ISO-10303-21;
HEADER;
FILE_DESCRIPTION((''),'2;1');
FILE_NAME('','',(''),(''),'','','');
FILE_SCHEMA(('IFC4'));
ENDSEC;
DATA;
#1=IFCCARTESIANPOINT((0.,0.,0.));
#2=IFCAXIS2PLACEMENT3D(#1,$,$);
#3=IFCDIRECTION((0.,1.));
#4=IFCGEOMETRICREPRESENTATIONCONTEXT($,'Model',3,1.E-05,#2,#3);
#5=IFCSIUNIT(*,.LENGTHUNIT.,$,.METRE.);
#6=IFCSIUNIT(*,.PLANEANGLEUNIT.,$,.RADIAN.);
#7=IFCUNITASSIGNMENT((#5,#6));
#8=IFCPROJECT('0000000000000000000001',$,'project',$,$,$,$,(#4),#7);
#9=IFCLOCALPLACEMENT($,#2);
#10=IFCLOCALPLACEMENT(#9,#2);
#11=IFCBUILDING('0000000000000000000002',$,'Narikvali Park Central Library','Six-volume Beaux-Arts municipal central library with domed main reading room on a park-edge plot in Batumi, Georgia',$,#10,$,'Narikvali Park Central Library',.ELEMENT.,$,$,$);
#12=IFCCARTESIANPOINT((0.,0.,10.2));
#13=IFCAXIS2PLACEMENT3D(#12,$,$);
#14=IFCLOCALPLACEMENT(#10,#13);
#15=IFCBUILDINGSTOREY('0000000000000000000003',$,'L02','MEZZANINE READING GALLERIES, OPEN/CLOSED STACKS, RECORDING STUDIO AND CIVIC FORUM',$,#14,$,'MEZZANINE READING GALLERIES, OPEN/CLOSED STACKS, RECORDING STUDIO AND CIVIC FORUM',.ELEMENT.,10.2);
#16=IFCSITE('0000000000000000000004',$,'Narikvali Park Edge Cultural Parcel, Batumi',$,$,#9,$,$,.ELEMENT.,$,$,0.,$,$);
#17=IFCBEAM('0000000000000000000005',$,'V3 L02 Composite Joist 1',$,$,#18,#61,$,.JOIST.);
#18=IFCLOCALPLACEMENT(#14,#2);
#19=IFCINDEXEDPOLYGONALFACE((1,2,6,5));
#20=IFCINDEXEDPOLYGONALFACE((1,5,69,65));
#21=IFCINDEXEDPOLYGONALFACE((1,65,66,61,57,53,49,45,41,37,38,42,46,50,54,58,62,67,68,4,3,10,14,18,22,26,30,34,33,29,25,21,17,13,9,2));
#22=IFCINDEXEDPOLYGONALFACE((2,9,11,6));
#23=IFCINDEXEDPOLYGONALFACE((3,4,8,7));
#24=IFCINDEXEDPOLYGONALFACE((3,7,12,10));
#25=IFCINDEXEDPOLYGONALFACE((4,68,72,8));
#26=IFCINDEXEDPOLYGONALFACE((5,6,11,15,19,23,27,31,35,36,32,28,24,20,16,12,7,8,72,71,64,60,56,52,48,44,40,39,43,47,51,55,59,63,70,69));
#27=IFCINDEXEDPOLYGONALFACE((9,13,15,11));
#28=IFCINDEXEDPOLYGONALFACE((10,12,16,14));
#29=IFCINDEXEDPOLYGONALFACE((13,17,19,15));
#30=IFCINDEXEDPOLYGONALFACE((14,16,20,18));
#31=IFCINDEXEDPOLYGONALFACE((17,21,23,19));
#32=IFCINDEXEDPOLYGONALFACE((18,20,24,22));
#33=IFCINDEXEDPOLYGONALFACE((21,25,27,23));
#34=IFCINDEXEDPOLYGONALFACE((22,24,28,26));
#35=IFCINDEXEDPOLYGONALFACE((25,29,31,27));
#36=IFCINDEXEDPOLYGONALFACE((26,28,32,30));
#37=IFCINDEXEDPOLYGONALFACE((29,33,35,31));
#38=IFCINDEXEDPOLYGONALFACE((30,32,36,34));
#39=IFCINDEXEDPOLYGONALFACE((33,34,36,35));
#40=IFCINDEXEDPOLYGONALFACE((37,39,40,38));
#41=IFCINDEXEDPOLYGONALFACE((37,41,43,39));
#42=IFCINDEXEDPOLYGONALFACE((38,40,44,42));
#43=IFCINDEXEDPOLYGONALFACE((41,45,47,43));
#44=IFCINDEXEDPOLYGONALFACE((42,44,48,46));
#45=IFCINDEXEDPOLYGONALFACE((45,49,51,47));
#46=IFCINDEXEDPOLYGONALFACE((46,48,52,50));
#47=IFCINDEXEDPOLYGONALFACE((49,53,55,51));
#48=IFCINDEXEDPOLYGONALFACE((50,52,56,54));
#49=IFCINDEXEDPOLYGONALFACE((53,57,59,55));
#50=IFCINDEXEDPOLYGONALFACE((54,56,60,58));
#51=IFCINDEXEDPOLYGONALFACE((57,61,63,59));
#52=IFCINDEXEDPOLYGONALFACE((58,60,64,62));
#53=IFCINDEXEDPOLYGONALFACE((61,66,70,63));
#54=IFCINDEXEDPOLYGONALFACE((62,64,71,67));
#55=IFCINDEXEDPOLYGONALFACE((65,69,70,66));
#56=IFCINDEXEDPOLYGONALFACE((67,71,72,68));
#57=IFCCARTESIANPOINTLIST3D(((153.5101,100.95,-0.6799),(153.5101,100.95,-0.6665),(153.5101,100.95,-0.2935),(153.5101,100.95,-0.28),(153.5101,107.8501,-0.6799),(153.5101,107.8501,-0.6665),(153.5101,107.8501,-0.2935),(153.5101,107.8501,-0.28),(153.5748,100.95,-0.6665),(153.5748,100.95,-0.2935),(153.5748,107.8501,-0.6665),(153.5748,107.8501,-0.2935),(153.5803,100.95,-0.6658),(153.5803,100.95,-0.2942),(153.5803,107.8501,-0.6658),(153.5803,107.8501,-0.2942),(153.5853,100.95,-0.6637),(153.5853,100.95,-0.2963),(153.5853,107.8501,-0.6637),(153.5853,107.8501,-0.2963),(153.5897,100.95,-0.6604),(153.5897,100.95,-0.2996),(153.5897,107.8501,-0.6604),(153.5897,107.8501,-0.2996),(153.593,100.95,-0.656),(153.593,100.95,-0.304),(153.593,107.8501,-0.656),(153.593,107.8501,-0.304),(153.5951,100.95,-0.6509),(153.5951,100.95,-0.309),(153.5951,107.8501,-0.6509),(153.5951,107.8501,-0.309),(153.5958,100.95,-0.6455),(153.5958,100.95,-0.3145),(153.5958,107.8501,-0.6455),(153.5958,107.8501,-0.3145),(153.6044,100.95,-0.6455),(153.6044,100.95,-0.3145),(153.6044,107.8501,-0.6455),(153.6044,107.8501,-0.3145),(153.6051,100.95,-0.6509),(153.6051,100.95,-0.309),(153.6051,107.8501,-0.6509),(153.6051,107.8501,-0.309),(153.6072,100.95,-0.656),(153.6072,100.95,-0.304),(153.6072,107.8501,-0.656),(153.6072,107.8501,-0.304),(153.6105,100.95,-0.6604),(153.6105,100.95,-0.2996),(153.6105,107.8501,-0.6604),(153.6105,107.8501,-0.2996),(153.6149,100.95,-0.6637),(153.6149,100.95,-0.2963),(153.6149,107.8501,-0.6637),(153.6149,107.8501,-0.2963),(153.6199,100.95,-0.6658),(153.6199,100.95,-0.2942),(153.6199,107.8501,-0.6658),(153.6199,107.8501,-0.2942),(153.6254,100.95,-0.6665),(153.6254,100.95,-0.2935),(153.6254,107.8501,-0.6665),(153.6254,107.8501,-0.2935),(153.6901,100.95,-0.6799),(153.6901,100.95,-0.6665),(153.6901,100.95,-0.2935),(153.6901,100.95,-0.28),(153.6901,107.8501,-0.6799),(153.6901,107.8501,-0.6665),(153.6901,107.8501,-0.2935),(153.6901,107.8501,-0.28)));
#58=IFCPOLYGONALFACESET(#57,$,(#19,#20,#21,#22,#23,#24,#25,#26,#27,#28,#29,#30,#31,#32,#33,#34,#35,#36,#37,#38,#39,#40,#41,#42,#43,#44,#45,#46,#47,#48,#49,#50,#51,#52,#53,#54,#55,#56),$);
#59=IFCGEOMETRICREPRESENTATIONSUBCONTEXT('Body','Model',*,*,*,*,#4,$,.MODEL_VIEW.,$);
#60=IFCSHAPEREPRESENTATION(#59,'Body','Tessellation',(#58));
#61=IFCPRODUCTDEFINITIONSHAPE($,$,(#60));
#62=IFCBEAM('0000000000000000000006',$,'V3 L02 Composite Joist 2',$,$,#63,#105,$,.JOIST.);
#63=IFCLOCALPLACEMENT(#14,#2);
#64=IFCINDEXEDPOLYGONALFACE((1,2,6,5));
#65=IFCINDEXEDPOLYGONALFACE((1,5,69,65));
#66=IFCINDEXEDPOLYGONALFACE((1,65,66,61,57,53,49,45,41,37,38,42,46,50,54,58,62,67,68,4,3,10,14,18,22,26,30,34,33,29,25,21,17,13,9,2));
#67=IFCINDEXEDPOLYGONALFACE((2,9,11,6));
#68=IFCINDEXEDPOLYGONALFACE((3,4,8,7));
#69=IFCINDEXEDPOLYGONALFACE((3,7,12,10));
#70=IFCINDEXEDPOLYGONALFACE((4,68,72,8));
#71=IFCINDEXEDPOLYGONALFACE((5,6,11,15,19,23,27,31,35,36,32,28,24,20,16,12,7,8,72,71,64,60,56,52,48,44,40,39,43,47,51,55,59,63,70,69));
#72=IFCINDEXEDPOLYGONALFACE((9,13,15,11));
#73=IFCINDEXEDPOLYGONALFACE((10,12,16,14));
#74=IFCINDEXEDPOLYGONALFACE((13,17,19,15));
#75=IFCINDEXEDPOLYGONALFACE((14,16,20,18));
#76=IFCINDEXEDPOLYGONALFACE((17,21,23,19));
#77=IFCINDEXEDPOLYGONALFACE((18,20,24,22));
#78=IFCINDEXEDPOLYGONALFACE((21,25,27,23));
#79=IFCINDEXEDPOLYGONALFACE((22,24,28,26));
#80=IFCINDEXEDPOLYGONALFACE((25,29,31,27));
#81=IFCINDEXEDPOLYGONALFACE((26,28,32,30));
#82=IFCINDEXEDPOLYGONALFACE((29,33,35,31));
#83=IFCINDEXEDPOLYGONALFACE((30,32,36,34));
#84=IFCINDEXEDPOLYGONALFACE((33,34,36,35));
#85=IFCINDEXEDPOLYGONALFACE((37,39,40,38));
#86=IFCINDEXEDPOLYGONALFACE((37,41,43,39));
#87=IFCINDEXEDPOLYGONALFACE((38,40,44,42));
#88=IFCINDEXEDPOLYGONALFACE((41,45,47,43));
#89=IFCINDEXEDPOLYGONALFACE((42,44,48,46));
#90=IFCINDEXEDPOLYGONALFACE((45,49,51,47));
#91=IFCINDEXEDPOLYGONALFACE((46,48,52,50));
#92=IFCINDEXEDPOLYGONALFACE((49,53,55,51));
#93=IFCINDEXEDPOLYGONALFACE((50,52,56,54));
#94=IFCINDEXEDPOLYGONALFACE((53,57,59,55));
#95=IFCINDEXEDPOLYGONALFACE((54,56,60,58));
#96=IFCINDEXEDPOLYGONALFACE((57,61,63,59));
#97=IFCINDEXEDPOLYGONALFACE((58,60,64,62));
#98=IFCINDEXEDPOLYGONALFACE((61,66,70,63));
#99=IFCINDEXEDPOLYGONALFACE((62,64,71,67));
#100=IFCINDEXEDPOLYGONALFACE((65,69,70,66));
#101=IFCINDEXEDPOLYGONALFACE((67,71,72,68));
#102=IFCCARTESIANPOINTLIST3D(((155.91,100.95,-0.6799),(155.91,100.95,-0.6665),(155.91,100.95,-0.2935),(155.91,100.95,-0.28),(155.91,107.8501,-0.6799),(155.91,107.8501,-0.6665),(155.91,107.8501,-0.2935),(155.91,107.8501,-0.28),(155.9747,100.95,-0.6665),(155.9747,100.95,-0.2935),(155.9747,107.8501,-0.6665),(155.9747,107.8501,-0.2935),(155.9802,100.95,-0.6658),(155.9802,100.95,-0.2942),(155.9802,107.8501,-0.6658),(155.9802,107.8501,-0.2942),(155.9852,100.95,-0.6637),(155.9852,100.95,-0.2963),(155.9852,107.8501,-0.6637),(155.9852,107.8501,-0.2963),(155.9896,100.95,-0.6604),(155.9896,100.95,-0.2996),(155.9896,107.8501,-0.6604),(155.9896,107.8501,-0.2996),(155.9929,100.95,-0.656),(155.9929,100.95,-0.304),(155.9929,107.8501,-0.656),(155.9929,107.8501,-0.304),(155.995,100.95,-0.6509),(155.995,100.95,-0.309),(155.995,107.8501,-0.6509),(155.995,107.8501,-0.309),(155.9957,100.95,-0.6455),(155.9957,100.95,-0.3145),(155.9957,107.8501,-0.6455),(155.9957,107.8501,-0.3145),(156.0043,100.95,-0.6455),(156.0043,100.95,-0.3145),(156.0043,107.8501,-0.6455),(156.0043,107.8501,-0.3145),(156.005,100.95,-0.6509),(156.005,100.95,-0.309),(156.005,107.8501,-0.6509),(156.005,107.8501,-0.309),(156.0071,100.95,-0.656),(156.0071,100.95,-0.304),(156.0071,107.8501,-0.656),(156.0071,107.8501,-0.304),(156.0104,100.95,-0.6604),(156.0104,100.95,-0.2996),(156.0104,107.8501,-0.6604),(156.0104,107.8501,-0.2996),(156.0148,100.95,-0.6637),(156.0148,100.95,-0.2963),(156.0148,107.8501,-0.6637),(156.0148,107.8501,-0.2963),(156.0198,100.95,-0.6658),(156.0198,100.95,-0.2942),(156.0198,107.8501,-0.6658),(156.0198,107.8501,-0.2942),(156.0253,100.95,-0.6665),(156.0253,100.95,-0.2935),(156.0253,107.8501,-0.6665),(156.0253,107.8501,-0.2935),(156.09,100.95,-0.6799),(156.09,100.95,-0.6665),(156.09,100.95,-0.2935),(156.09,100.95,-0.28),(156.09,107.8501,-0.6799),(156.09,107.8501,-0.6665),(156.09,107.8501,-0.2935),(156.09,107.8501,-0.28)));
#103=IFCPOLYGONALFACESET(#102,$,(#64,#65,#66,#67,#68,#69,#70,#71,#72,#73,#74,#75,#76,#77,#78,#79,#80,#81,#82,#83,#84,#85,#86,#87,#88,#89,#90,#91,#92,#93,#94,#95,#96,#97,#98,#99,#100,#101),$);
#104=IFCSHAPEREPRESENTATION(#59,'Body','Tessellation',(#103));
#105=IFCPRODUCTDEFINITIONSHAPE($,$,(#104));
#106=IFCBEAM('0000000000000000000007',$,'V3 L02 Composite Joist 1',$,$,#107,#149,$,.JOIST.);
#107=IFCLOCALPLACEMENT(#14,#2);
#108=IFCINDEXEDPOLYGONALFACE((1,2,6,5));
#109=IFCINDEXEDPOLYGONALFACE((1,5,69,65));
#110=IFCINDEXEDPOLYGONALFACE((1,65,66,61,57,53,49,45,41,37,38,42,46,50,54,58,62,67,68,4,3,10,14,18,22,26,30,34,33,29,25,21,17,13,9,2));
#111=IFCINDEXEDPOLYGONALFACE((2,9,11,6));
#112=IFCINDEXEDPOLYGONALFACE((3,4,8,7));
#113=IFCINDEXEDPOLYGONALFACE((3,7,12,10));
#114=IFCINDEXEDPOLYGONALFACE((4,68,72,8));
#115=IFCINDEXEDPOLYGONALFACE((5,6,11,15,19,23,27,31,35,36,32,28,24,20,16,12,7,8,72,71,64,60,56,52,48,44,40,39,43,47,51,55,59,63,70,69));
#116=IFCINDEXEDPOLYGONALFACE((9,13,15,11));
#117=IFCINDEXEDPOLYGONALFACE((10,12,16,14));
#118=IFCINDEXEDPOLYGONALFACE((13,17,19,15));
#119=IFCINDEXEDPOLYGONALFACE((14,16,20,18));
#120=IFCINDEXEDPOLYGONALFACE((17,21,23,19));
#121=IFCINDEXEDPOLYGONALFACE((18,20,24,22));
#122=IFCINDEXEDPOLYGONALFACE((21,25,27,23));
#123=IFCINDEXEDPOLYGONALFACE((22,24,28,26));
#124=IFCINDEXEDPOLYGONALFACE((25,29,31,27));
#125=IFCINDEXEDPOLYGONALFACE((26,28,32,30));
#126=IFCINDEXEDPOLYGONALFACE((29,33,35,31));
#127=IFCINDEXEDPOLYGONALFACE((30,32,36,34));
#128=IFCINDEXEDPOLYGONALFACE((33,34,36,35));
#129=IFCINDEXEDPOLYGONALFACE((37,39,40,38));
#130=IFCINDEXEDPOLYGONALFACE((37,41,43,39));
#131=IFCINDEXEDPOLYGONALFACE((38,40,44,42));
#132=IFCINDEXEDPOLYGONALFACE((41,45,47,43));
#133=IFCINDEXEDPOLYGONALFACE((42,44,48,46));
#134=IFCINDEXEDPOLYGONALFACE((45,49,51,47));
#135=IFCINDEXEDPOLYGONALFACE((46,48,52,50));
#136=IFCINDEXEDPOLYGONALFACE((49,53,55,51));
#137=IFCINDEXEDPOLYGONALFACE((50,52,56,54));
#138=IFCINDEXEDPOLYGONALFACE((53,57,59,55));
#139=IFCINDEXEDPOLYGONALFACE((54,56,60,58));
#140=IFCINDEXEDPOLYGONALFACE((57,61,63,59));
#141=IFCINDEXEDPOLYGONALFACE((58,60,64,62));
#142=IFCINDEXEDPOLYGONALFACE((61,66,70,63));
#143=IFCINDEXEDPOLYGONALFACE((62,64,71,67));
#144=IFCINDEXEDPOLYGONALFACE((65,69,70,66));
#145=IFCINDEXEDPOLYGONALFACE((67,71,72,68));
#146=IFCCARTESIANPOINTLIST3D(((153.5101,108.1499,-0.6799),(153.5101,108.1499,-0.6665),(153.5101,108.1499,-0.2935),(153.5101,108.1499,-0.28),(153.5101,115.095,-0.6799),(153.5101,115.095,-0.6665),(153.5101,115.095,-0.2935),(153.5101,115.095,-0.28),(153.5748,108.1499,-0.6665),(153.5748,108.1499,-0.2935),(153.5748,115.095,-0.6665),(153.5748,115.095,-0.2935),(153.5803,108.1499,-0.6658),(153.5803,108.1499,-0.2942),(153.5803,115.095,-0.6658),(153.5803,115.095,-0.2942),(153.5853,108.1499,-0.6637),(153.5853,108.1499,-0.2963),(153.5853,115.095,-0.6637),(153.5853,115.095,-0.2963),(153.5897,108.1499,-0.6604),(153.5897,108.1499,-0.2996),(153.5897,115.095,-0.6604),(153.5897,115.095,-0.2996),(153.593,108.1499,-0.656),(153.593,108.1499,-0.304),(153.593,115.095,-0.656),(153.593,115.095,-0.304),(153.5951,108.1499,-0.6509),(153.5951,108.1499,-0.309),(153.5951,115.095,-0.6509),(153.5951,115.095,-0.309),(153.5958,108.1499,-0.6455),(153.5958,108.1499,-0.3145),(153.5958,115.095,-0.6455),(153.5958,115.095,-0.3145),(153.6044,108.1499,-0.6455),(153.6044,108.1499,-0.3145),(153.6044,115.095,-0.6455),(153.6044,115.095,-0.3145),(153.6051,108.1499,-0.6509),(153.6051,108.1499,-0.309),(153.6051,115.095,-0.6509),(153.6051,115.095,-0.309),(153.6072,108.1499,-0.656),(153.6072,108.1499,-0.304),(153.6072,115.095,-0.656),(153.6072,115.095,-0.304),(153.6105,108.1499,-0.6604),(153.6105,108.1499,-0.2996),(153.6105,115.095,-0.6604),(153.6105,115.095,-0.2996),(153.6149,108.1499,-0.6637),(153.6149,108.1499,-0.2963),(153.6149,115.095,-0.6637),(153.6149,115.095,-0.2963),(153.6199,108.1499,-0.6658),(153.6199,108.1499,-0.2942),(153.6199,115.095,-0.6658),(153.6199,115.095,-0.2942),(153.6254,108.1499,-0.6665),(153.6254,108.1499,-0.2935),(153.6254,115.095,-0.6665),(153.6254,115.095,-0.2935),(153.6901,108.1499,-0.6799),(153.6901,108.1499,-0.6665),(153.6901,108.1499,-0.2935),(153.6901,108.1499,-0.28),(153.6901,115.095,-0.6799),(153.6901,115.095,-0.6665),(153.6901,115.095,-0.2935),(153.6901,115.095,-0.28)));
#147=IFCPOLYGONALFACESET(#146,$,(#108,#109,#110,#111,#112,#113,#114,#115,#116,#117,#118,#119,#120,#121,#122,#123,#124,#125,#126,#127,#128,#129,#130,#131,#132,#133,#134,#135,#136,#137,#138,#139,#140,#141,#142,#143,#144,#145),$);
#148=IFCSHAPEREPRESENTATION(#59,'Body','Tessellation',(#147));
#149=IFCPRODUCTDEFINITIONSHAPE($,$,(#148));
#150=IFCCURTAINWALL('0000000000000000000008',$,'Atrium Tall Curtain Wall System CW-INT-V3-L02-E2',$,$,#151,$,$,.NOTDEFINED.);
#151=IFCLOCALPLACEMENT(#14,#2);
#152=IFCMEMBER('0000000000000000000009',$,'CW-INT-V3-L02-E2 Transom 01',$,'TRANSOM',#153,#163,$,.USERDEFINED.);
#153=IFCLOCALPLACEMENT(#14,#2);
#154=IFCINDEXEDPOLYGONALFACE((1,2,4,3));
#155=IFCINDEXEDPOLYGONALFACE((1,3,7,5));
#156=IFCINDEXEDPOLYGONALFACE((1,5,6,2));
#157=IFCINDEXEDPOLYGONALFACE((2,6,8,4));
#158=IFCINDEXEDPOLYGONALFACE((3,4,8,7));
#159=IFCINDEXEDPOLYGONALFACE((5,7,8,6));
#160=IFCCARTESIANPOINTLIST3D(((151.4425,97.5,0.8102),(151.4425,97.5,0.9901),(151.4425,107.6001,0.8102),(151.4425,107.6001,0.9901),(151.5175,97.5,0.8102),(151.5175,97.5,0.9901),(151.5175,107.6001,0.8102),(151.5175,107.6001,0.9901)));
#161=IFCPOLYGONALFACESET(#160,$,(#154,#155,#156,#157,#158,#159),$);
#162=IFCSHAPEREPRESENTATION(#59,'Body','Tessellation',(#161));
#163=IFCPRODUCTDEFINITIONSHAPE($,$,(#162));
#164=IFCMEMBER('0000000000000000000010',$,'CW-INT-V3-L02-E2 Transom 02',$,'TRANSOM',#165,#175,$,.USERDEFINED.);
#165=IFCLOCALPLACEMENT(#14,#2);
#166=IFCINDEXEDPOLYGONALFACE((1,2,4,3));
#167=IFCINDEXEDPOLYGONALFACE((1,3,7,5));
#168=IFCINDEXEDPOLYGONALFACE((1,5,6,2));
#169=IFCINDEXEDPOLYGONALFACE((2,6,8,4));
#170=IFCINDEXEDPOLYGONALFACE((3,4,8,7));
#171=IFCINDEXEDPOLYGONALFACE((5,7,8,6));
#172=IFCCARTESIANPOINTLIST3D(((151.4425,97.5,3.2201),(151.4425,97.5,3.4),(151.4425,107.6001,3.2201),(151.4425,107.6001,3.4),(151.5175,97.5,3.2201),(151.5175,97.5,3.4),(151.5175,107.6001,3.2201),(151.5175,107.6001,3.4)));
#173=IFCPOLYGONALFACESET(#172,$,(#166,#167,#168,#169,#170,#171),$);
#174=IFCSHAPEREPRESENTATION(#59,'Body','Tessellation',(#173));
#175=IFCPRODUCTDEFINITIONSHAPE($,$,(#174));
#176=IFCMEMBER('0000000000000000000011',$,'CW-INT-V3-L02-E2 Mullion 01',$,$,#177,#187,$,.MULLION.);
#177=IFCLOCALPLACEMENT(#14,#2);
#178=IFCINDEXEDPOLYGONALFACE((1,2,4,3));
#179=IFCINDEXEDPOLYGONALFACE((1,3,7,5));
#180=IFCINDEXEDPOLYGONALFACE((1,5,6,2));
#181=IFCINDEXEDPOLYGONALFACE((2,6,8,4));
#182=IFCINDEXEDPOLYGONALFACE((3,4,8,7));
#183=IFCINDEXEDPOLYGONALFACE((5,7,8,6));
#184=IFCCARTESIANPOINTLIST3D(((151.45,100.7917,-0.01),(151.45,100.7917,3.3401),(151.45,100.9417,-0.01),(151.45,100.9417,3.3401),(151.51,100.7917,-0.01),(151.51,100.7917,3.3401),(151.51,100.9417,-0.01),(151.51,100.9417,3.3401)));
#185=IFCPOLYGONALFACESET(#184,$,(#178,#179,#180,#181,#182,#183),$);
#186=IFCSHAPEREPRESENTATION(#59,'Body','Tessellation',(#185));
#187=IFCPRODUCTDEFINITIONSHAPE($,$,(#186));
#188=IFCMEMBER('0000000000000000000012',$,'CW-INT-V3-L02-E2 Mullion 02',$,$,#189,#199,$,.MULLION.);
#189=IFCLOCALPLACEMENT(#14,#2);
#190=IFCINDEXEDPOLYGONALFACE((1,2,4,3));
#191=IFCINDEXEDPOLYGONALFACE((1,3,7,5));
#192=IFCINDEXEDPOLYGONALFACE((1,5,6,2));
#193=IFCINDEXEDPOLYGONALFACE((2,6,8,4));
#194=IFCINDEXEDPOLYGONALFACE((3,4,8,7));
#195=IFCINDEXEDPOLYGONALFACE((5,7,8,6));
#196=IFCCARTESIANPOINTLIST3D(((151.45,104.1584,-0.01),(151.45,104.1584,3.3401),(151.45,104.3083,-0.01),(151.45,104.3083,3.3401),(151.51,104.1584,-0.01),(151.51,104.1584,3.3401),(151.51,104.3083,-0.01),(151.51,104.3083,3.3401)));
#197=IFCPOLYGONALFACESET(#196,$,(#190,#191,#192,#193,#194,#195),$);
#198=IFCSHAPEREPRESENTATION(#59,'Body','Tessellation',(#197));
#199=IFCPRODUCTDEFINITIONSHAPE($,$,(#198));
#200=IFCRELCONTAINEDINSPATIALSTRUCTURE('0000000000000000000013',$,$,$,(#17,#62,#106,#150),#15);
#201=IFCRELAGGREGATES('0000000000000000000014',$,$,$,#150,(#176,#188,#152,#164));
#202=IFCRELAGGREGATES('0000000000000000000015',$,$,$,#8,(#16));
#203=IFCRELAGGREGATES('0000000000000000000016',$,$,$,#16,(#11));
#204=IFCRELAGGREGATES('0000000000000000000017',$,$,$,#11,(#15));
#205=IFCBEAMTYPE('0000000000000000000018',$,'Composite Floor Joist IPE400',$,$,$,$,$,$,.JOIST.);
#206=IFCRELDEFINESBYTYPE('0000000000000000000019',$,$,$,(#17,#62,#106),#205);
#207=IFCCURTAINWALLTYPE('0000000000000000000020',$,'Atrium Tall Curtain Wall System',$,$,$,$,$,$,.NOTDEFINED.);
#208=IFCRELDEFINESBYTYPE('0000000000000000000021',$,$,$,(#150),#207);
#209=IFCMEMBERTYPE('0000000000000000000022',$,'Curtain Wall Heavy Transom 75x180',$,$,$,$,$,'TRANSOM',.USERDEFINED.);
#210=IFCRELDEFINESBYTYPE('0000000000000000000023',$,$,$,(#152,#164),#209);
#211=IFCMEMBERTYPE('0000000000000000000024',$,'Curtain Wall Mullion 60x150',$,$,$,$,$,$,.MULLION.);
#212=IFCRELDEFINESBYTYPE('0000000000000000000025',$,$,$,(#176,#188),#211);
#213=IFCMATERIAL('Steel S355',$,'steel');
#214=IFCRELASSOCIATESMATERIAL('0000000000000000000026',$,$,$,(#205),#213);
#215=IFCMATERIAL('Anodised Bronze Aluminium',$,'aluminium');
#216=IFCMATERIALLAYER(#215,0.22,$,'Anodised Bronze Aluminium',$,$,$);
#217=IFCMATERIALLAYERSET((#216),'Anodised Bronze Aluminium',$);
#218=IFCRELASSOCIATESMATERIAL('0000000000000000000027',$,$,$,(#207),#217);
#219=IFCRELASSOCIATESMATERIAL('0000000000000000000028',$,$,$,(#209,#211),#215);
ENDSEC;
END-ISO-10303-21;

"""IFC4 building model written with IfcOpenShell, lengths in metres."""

from ifc_helpers import new_model, si_unit, direction, frame, origin, origin_2d, place, context, subcontext, project, spatial, rectangle, i_section, extrude, material, layer, layer_set, material_profile, profile_set, type_object, element, aggregate, save


model = new_model("IFC4")

# Units and contexts
model_context = context("Model", 3, precision=1e-05, world=origin(), true_north=direction((0.0, 1.0)))
body_context = subcontext(model_context, "Body", "Model", "MODEL_VIEW")
ifc_project = project(units=[si_unit("LENGTHUNIT", "METRE"), si_unit("PLANEANGLEUNIT", "RADIAN")], contexts=[model_context])

# Site, building, storey
site_placement = place(None, origin())
site = spatial("IfcSite", under=ifc_project, at=site_placement, Name="Narikvali Park Edge Cultural Parcel, Batumi", CompositionType="ELEMENT", RefElevation=0.0)
building_placement = place(site_placement, origin())
building = spatial("IfcBuilding", under=site, at=building_placement, Name="Narikvali Park Central Library", Description="Six-volume Beaux-Arts municipal central library with domed main reading room on a park-edge plot in Batumi, Georgia", LongName="Narikvali Park Central Library", CompositionType="ELEMENT")
storey_placement = place(building_placement, frame((0.0, 0.0, 10.2)))
storey = spatial("IfcBuildingStorey", under=building, at=storey_placement, Name="L02", Description="MEZZANINE READING GALLERIES, OPEN/CLOSED STACKS, RECORDING STUDIO AND CIVIC FORUM", LongName="MEZZANINE READING GALLERIES, OPEN/CLOSED STACKS, RECORDING STUDIO AND CIVIC FORUM", CompositionType="ELEMENT", Elevation=10.2)

# Shared definitions
ifc_material_1 = material(Name="Steel S355", Category="steel")

# Beams
ifc_material_profile_1 = material_profile(ifc_material_1, i_section(OverallWidth=0.1799, OverallDepth=0.3999, WebThickness=0.0085, FlangeThickness=0.0134, FilletRadius=0.021, at=origin_2d()), Name="IPE 400")
ifc_profile_set_1 = profile_set([ifc_material_profile_1], Name="Steel S355")
beam_type_1 = type_object("IfcBeamType", Name="Composite Floor Joist IPE400", PredefinedType="JOIST", material=ifc_profile_set_1)
for number, where, z_axis, x_axis, name in (
    (1, (153.6001, 100.95, -0.48), (0.0, 1.0, 0.0), (-1.0, 0.0, 0.0), "V3 L02 Composite Joist 1"),
    (2, (156.0, 100.95, -0.48), (0.0, 1.0, 0.0), (-1.0, 0.0, 0.0), "V3 L02 Composite Joist 2"),
):
    element("IfcBeam", number, at=place(storey_placement, frame(where, z_axis=z_axis, x_axis=x_axis)), inside=storey, type_object=beam_type_1, Name=name, PredefinedType="JOIST", context=body_context, shape_type="SweptSolid", body=[
        extrude(i_section(OverallWidth=0.1799, OverallDepth=0.3999, WebThickness=0.0085, FlangeThickness=0.0134, FilletRadius=0.021, at=origin_2d()), origin(), (0.0, 0.0, 1.0), 6.9001),
    ])
beam_placement = place(storey_placement, frame((153.6001, 108.1499, -0.48), z_axis=(0.0, 1.0, 0.0), x_axis=(-1.0, 0.0, 0.0)))
element("IfcBeam", 3, at=beam_placement, inside=storey, type_object=beam_type_1, Name="V3 L02 Composite Joist 1", PredefinedType="JOIST", context=body_context, shape_type="SweptSolid", body=[
    extrude(i_section(OverallWidth=0.1799, OverallDepth=0.3999, WebThickness=0.0085, FlangeThickness=0.0134, FilletRadius=0.021, at=origin_2d()), origin(), (0.0, 0.0, 1.0), 6.9451),
])

# Curtain wall, members
ifc_material_2 = material(Name="Anodised Bronze Aluminium", Category="aluminium")
ifc_layer_1 = layer(ifc_material_2, 0.22, Name="Anodised Bronze Aluminium")
ifc_layer_set_1 = layer_set([ifc_layer_1], Name="Anodised Bronze Aluminium")
curtain_wall_type = type_object("IfcCurtainWallType", Name="Atrium Tall Curtain Wall System", PredefinedType="NOTDEFINED", material=ifc_layer_set_1)
curtain_wall_placement = place(storey_placement, origin())
curtain_wall = element("IfcCurtainWall", 4, at=curtain_wall_placement, inside=storey, type_object=curtain_wall_type, Name="Atrium Tall Curtain Wall System CW-INT-V3-L02-E2", PredefinedType="NOTDEFINED")
ifc_material_profile_2 = material_profile(ifc_material_2, rectangle(XDim=0.075, YDim=0.1799, at=origin_2d()), Name="CW TRANSOM 75x180")
ifc_profile_set_2 = profile_set([ifc_material_profile_2], Name="Anodised Bronze Aluminium")
member_type_1 = type_object("IfcMemberType", Name="Curtain Wall Heavy Transom 75x180", ElementType="TRANSOM", PredefinedType="USERDEFINED", material=ifc_profile_set_2)
member_1_placement = place(storey_placement, frame((151.48, 97.5, 0.9001), z_axis=(0.0, 1.0, 0.0), x_axis=(-1.0, 0.0, 0.0)))
member_1 = element("IfcMember", 5, at=member_1_placement, type_object=member_type_1, Name="CW-INT-V3-L02-E2 Transom 01", ObjectType="TRANSOM", PredefinedType="USERDEFINED", context=body_context, shape_type="SweptSolid", body=[
    extrude(rectangle(XDim=0.075, YDim=0.1799, at=origin_2d()), origin(), (0.0, 0.0, 1.0), 10.1001),
])
member_2_placement = place(storey_placement, frame((151.48, 97.5, 3.3101), z_axis=(0.0, 1.0, 0.0), x_axis=(-1.0, 0.0, 0.0)))
member_2 = element("IfcMember", 6, at=member_2_placement, type_object=member_type_1, Name="CW-INT-V3-L02-E2 Transom 02", ObjectType="TRANSOM", PredefinedType="USERDEFINED", context=body_context, shape_type="SweptSolid", body=[
    extrude(rectangle(XDim=0.075, YDim=0.1799, at=origin_2d()), origin(), (0.0, 0.0, 1.0), 10.1001),
])
ifc_material_profile_3 = material_profile(ifc_material_2, rectangle(XDim=0.0601, YDim=0.1499, at=origin_2d()), Name="CW MULLION 60x150")
ifc_profile_set_3 = profile_set([ifc_material_profile_3], Name="Anodised Bronze Aluminium")
member_type_2 = type_object("IfcMemberType", Name="Curtain Wall Mullion 60x150", PredefinedType="MULLION", material=ifc_profile_set_3)
member_3_placement = place(storey_placement, frame((151.48, 100.8667, -0.01), z_axis=(0.0, 0.0, 1.0), x_axis=(1.0, 0.0, 0.0)))
member_3 = element("IfcMember", 7, at=member_3_placement, type_object=member_type_2, Name="CW-INT-V3-L02-E2 Mullion 01", PredefinedType="MULLION", context=body_context, shape_type="SweptSolid", body=[
    extrude(rectangle(XDim=0.0601, YDim=0.1499, at=origin_2d()), origin(), (0.0, 0.0, 1.0), 3.3501),
])
member_4_placement = place(storey_placement, frame((151.48, 104.2334, -0.01), z_axis=(0.0, 0.0, 1.0), x_axis=(1.0, 0.0, 0.0)))
member_4 = element("IfcMember", 8, at=member_4_placement, type_object=member_type_2, Name="CW-INT-V3-L02-E2 Mullion 02", PredefinedType="MULLION", context=body_context, shape_type="SweptSolid", body=[
    extrude(rectangle(XDim=0.0601, YDim=0.1499, at=origin_2d()), origin(), (0.0, 0.0, 1.0), 3.3501),
])

aggregate(curtain_wall, [member_3, member_4, member_1, member_2])

save(model, "model.ifc")
